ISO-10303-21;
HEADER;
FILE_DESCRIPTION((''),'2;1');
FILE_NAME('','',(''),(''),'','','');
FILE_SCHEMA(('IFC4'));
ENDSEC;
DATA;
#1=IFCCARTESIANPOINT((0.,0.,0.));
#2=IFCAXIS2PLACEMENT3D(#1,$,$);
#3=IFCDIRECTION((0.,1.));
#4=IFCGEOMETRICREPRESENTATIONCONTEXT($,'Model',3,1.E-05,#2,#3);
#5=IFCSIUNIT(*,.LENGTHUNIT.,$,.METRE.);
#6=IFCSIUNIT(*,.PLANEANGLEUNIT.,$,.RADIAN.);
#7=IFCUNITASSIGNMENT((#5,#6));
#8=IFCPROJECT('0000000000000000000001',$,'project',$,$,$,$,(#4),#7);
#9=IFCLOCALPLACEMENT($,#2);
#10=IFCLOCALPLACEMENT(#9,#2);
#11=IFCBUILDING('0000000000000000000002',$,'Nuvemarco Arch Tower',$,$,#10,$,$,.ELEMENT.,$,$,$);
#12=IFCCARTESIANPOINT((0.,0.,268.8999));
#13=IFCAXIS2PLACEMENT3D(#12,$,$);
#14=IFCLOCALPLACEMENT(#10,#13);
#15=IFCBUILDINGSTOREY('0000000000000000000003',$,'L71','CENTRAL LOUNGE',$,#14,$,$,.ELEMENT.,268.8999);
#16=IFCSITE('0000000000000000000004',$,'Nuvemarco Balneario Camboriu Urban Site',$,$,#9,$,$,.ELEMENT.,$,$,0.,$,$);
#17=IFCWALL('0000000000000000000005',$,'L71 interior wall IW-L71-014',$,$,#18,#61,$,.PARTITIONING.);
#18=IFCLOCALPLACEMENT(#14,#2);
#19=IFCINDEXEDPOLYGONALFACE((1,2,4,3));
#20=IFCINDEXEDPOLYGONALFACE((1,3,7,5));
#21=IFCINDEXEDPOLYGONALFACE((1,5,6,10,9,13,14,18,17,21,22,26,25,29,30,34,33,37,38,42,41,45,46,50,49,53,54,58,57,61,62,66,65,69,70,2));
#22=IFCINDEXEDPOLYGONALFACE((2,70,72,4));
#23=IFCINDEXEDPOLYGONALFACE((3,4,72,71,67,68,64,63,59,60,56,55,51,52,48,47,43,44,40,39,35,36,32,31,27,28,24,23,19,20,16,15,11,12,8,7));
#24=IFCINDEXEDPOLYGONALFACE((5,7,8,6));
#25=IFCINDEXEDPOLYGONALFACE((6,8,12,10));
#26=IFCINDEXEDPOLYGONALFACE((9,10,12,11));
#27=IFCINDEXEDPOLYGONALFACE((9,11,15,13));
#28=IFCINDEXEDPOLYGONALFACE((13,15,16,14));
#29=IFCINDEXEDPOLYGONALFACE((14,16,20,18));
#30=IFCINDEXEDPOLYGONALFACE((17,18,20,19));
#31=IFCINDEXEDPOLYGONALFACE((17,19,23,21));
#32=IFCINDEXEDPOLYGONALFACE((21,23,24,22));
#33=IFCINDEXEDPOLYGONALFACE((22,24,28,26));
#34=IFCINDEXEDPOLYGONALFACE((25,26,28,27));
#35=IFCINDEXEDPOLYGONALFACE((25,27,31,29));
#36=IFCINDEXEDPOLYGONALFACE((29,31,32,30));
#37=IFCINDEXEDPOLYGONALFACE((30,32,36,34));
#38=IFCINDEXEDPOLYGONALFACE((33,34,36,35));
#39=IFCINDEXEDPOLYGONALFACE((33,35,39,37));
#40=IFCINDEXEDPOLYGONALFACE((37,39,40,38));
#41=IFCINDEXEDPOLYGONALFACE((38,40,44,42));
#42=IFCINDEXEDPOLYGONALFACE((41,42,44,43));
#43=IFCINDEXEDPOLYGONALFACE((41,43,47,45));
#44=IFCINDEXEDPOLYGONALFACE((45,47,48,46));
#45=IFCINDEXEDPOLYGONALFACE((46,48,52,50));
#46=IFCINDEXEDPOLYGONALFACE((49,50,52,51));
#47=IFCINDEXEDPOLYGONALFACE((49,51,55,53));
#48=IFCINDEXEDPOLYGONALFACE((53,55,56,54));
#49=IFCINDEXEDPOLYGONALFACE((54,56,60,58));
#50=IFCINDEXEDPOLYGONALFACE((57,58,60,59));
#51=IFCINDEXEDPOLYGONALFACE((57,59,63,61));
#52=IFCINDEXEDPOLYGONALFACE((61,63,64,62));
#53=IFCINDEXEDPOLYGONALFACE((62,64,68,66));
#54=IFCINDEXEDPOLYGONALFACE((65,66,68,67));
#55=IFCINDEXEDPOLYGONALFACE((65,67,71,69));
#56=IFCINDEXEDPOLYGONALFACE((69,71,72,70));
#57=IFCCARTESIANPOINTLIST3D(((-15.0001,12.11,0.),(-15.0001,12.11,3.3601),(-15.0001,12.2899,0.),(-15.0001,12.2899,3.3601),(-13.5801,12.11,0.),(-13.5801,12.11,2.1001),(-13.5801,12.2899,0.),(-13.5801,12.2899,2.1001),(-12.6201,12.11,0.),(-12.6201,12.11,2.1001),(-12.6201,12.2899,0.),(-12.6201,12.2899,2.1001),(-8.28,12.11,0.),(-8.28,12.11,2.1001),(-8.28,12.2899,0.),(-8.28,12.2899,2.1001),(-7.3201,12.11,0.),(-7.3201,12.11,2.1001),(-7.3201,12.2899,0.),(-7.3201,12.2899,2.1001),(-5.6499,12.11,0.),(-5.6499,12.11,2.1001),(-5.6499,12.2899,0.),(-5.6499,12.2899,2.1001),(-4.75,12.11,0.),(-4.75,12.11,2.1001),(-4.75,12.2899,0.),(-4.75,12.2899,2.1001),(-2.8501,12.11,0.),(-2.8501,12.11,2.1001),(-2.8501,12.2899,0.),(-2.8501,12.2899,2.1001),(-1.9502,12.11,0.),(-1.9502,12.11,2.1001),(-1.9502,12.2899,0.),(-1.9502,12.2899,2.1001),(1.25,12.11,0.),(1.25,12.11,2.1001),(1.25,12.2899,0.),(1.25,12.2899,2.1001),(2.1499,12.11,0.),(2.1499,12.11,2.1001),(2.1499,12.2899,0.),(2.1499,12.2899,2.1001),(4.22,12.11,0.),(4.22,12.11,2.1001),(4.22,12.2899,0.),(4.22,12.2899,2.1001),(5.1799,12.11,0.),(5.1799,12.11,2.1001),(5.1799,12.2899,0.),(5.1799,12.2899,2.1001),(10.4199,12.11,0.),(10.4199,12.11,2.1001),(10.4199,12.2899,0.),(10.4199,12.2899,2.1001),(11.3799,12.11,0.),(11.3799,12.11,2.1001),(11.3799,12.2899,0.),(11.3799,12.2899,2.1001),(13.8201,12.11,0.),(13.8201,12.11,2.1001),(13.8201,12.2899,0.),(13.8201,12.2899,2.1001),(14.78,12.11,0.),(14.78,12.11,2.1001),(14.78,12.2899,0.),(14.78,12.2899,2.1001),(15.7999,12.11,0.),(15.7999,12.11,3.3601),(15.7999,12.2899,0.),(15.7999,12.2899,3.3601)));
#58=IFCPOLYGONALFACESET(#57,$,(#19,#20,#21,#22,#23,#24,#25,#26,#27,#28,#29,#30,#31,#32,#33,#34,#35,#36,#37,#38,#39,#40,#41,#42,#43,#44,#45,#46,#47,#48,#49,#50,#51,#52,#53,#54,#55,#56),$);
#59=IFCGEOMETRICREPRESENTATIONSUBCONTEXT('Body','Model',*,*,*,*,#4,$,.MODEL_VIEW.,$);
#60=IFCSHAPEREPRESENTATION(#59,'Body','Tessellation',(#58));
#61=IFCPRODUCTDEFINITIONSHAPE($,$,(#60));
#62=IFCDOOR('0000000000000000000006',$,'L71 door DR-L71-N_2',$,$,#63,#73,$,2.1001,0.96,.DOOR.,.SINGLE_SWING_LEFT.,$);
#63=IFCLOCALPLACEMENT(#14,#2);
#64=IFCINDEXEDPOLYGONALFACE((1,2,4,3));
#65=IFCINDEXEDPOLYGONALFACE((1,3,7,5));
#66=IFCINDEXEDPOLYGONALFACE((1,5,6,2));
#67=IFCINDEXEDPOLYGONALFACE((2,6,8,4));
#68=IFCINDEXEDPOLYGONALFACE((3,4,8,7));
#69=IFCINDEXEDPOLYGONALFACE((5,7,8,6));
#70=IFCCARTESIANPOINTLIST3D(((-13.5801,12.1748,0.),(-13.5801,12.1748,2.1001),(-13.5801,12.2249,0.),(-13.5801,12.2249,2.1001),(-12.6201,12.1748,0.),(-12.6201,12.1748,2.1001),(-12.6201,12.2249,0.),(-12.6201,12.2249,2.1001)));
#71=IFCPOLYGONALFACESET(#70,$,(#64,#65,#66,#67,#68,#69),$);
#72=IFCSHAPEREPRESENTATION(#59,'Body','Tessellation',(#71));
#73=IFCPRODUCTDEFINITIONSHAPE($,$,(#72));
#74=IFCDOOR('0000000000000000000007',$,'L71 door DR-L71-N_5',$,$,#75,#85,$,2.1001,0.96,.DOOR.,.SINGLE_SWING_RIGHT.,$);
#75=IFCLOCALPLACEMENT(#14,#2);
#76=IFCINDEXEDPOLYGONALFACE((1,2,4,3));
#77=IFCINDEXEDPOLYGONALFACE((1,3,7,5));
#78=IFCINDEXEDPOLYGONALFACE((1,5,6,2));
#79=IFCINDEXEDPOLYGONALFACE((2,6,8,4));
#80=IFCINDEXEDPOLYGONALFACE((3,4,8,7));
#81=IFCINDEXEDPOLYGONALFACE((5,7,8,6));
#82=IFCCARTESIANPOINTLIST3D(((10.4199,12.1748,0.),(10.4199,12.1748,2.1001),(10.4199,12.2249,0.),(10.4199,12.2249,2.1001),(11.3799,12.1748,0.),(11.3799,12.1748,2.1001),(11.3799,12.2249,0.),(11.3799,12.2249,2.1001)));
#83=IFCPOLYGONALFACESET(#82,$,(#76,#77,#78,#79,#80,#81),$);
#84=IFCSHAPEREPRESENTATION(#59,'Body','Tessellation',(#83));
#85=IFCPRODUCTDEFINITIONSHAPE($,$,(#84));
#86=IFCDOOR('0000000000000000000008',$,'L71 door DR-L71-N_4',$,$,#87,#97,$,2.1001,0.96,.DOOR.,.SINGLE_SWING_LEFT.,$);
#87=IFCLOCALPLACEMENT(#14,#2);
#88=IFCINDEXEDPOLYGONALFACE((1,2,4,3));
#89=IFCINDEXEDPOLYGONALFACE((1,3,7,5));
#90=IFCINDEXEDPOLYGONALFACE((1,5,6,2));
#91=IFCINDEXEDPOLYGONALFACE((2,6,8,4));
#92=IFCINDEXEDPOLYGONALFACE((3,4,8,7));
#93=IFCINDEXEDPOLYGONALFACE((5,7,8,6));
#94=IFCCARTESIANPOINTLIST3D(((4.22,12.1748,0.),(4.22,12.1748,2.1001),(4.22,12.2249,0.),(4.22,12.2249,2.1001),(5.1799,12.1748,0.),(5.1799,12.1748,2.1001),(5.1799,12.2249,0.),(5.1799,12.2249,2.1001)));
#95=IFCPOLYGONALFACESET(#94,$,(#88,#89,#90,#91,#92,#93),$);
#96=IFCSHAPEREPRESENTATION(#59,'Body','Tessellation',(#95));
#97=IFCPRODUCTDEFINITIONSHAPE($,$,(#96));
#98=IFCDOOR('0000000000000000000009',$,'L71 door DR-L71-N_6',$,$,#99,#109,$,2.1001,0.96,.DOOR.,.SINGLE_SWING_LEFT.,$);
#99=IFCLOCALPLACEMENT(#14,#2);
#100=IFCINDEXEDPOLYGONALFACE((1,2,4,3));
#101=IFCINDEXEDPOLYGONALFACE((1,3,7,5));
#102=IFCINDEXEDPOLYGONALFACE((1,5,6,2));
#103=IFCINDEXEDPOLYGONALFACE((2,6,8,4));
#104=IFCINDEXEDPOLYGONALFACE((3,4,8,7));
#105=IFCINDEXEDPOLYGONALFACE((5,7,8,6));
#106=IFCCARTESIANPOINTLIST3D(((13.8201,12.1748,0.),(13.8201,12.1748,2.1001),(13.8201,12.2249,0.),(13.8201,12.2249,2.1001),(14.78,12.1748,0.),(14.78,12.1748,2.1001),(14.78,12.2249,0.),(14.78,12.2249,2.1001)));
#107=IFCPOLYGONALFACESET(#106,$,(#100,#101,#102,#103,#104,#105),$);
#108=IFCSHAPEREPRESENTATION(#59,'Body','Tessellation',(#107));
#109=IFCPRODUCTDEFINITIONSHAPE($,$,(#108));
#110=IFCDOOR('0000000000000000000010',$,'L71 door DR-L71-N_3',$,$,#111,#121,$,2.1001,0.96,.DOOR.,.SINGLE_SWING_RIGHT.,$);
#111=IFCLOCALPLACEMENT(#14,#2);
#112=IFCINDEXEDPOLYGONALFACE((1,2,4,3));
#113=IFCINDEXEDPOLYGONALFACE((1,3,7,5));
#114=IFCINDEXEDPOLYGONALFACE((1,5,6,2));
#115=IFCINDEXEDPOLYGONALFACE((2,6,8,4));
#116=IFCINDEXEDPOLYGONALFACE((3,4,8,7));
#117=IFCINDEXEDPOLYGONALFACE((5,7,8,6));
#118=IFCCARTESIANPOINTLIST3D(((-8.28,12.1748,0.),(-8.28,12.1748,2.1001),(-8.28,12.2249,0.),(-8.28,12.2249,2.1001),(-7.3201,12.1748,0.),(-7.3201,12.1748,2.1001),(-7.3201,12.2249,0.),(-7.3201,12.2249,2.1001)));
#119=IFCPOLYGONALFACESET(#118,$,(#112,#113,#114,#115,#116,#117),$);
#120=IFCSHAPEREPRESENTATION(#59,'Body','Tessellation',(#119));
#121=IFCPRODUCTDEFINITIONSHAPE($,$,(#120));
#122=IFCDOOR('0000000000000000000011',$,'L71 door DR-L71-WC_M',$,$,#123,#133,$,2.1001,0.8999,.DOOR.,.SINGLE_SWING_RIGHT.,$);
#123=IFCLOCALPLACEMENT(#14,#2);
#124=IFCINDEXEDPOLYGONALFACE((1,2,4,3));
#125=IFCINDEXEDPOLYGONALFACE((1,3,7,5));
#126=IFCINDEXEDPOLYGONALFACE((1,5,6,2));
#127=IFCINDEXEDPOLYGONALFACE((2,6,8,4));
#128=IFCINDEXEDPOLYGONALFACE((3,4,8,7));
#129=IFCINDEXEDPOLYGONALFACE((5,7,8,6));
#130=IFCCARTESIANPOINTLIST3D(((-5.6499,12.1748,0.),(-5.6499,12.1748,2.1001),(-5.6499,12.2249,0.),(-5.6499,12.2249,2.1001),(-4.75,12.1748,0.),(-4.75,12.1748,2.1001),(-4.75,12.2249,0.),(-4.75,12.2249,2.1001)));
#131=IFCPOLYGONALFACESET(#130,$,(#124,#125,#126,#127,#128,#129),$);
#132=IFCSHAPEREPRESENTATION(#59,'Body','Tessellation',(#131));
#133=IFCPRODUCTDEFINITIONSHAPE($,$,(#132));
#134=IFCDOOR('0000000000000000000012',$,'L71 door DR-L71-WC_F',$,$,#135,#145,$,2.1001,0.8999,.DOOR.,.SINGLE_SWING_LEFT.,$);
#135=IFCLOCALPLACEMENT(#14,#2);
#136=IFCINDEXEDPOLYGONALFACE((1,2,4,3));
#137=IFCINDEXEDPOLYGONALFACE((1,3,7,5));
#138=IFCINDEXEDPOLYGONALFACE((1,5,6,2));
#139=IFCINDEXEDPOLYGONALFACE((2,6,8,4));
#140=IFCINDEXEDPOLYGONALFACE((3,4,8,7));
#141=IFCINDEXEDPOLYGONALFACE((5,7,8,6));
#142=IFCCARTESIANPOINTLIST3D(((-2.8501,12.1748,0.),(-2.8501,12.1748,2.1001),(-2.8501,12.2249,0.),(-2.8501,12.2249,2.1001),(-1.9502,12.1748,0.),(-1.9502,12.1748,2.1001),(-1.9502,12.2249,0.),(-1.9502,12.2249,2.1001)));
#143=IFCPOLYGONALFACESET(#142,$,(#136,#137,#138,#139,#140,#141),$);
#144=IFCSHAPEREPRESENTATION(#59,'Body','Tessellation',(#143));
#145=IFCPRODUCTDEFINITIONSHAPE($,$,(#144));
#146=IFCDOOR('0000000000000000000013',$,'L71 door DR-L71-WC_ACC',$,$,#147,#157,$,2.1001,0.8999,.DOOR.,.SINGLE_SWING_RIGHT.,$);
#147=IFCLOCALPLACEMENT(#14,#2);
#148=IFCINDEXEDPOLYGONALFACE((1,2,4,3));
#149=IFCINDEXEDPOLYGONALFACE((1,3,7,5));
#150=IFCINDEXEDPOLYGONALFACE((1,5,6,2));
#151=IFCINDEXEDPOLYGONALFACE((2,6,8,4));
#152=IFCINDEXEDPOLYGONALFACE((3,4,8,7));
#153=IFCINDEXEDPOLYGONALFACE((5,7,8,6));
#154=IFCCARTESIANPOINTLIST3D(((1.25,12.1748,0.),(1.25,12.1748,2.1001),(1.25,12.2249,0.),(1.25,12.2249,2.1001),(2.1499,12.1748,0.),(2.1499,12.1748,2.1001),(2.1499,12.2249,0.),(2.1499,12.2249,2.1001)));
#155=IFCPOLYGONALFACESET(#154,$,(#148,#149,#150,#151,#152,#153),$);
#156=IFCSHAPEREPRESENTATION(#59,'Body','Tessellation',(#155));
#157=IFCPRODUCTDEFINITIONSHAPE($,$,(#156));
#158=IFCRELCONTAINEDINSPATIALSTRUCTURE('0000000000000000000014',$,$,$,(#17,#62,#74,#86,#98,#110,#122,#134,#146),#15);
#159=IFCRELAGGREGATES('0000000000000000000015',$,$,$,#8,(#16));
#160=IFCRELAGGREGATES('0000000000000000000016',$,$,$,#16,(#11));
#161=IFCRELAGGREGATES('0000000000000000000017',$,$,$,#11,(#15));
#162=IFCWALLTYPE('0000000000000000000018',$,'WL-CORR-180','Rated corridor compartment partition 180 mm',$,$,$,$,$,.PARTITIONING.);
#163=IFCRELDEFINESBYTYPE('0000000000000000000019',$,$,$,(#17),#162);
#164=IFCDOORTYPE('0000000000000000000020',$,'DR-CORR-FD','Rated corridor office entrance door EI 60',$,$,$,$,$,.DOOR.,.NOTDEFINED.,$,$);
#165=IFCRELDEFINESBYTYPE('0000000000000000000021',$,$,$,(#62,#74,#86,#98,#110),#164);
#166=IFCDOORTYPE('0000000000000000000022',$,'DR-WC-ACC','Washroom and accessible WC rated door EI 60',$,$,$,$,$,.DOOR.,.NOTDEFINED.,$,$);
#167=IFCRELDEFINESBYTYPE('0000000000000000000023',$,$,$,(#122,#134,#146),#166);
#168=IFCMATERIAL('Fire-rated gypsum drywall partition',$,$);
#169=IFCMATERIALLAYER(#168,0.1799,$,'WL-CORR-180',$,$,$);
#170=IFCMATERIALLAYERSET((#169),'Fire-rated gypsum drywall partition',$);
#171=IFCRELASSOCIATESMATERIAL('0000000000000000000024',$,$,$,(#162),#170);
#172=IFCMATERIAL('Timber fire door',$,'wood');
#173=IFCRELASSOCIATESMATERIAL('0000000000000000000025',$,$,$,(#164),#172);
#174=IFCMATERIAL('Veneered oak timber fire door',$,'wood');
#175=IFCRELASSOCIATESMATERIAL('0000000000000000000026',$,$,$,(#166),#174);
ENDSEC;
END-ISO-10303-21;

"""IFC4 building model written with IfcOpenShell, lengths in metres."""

from ifc_helpers import new_model, si_unit, direction, frame, frame_2d, origin, place, context, subcontext, project, spatial, rectangle, extrude, source, transform, mapped, material, layer, layer_set, type_object, type_shapes, element, fill, save


model = new_model("IFC4")

# Units and contexts
model_context = context("Model", 3, precision=1e-05, world=origin(), true_north=direction((0.0, 1.0)))
body_context = subcontext(model_context, "Body", "Model", "MODEL_VIEW")
ifc_project = project(units=[si_unit("LENGTHUNIT", "METRE"), si_unit("PLANEANGLEUNIT", "RADIAN")], contexts=[model_context])

# Site, building, storey
site_placement = place(None, origin())
site = spatial("IfcSite", under=ifc_project, at=site_placement, Name="Nuvemarco Balneario Camboriu Urban Site", CompositionType="ELEMENT", RefElevation=0.0)
building_placement = place(site_placement, origin())
building = spatial("IfcBuilding", under=site, at=building_placement, Name="Nuvemarco Arch Tower", CompositionType="ELEMENT")
storey_placement = place(building_placement, frame((0.0, 0.0, 268.8999)))
storey = spatial("IfcBuildingStorey", under=building, at=storey_placement, Name="L71", Description="CENTRAL LOUNGE", CompositionType="ELEMENT", Elevation=268.8999)

# Shared definitions
ifc_material_1 = material(Name="Fire-rated gypsum drywall partition")
ifc_layer_1 = layer(ifc_material_1, 0.1799, Name="WL-CORR-180")
ifc_layer_set_1 = layer_set([ifc_layer_1], Name="Fire-rated gypsum drywall partition")
wall_type_1 = type_object("IfcWallType", Name="WL-CORR-180", Description="Rated corridor compartment partition 180 mm", PredefinedType="PARTITIONING", material=ifc_layer_set_1)

# Wall, openings, doors
wall_1_placement = place(storey_placement, frame((-15.0, 12.2, 0.0), z_axis=(0.0, 0.0, 1.0), x_axis=(1.0, 0.0, 0.0)))
wall_1 = element("IfcWall", 1, at=wall_1_placement, inside=storey, type_object=wall_type_1, Name="L71 interior wall IW-L71-014", PredefinedType="PARTITIONING", context=body_context, shape_type="SweptSolid", body=[
    extrude(rectangle(XDim=30.8, YDim=0.1799, at=frame_2d((15.3999, 0.0))), origin(), (0.0, 0.0, 1.0), 3.3601),
])
opening_1_placement = place(wall_1_placement, frame((1.4199, 0.0, 0.0)))
opening_1 = element("IfcOpeningElement", 2, at=opening_1_placement, cuts=wall_1, PredefinedType="OPENING", context=body_context, shape_type="SweptSolid", body=[
    extrude(rectangle(XDim=0.96, YDim=2.1001, at=frame_2d((0.48, 1.05))), frame((0.0, 0.0999, 0.0), z_axis=(0.0, -1.0, 0.0), x_axis=(1.0, 0.0, 0.0)), (0.0, 0.0, 1.0), 0.2),
])
opening_2_placement = place(wall_1_placement, frame((25.4199, 0.0, 0.0)))
opening_2 = element("IfcOpeningElement", 3, at=opening_2_placement, cuts=wall_1, PredefinedType="OPENING", context=body_context, shape_type="SweptSolid", body=[
    extrude(rectangle(XDim=0.96, YDim=2.1001, at=frame_2d((0.48, 1.05))), frame((0.0, 0.0999, 0.0), z_axis=(0.0, -1.0, 0.0), x_axis=(1.0, 0.0, 0.0)), (0.0, 0.0, 1.0), 0.2),
])
opening_3_placement = place(wall_1_placement, frame((19.22, 0.0, 0.0)))
opening_3 = element("IfcOpeningElement", 4, at=opening_3_placement, cuts=wall_1, PredefinedType="OPENING", context=body_context, shape_type="SweptSolid", body=[
    extrude(rectangle(XDim=0.96, YDim=2.1001, at=frame_2d((0.48, 1.05))), frame((0.0, 0.0999, 0.0), z_axis=(0.0, -1.0, 0.0), x_axis=(1.0, 0.0, 0.0)), (0.0, 0.0, 1.0), 0.2),
])
opening_4_placement = place(wall_1_placement, frame((28.8201, 0.0, 0.0)))
opening_4 = element("IfcOpeningElement", 5, at=opening_4_placement, cuts=wall_1, PredefinedType="OPENING", context=body_context, shape_type="SweptSolid", body=[
    extrude(rectangle(XDim=0.96, YDim=2.1001, at=frame_2d((0.48, 1.05))), frame((0.0, 0.0999, 0.0), z_axis=(0.0, -1.0, 0.0), x_axis=(1.0, 0.0, 0.0)), (0.0, 0.0, 1.0), 0.2),
])
opening_5_placement = place(wall_1_placement, frame((9.3501, 0.0, 0.0)))
opening_5 = element("IfcOpeningElement", 6, at=opening_5_placement, cuts=wall_1, PredefinedType="OPENING", context=body_context, shape_type="SweptSolid", body=[
    extrude(rectangle(XDim=0.8999, YDim=2.1001, at=frame_2d((0.45, 1.05))), frame((0.0, 0.0999, 0.0), z_axis=(0.0, -1.0, 0.0), x_axis=(1.0, 0.0, 0.0)), (0.0, 0.0, 1.0), 0.2),
])
opening_6_placement = place(wall_1_placement, frame((12.1499, 0.0, 0.0)))
opening_6 = element("IfcOpeningElement", 7, at=opening_6_placement, cuts=wall_1, PredefinedType="OPENING", context=body_context, shape_type="SweptSolid", body=[
    extrude(rectangle(XDim=0.8999, YDim=2.1001, at=frame_2d((0.45, 1.05))), frame((0.0, 0.0999, 0.0), z_axis=(0.0, -1.0, 0.0), x_axis=(1.0, 0.0, 0.0)), (0.0, 0.0, 1.0), 0.2),
])
opening_7_placement = place(wall_1_placement, frame((6.72, 0.0, 0.0)))
opening_7 = element("IfcOpeningElement", 8, at=opening_7_placement, cuts=wall_1, PredefinedType="OPENING", context=body_context, shape_type="SweptSolid", body=[
    extrude(rectangle(XDim=0.96, YDim=2.1001, at=frame_2d((0.48, 1.05))), frame((0.0, 0.0999, 0.0), z_axis=(0.0, -1.0, 0.0), x_axis=(1.0, 0.0, 0.0)), (0.0, 0.0, 1.0), 0.2),
])
opening_8_placement = place(wall_1_placement, frame((16.25, 0.0, 0.0)))
opening_8 = element("IfcOpeningElement", 9, at=opening_8_placement, cuts=wall_1, PredefinedType="OPENING", context=body_context, shape_type="SweptSolid", body=[
    extrude(rectangle(XDim=0.8999, YDim=2.1001, at=frame_2d((0.45, 1.05))), frame((0.0, 0.0999, 0.0), z_axis=(0.0, -1.0, 0.0), x_axis=(1.0, 0.0, 0.0)), (0.0, 0.0, 1.0), 0.2),
])
ifc_material_2 = material(Name="Timber fire door", Category="wood")
door_type_1 = type_object("IfcDoorType", Name="DR-CORR-FD", Description="Rated corridor office entrance door EI 60", OperationType="NOTDEFINED", PredefinedType="DOOR", material=ifc_material_2)
shared_shape_1 = source(origin(), body_context, "Body", "SweptSolid", [
    extrude(rectangle(XDim=0.96, YDim=2.1001, at=frame_2d((0.48, 1.05))), frame((0.0, 0.0249, 0.0), z_axis=(0.0, -1.0, 0.0), x_axis=(1.0, 0.0, 0.0)), (0.0, 0.0, 1.0), 0.05),
])
type_shapes(door_type_1, [shared_shape_1])
door_1_placement = place(opening_1_placement, origin())
door_1 = element("IfcDoor", 10, at=door_1_placement, inside=storey, type_object=door_type_1, Name="L71 door DR-L71-N_2", OperationType="SINGLE_SWING_LEFT", OverallHeight=2.1001, OverallWidth=0.96, PredefinedType="DOOR", context=body_context, shape_type="MappedRepresentation", body=[
    mapped(shared_shape_1, transform((0.0, 0.0, 0.0), scale=1.0)),
])
fill(opening_1, door_1)
door_2_placement = place(opening_2_placement, origin())
door_2 = element("IfcDoor", 11, at=door_2_placement, inside=storey, type_object=door_type_1, Name="L71 door DR-L71-N_5", OperationType="SINGLE_SWING_RIGHT", OverallHeight=2.1001, OverallWidth=0.96, PredefinedType="DOOR", context=body_context, shape_type="MappedRepresentation", body=[
    mapped(shared_shape_1, transform((0.0, 0.0, 0.0), scale=1.0)),
])
fill(opening_2, door_2)
door_3_placement = place(opening_3_placement, origin())
door_3 = element("IfcDoor", 12, at=door_3_placement, inside=storey, type_object=door_type_1, Name="L71 door DR-L71-N_4", OperationType="SINGLE_SWING_LEFT", OverallHeight=2.1001, OverallWidth=0.96, PredefinedType="DOOR", context=body_context, shape_type="MappedRepresentation", body=[
    mapped(shared_shape_1, transform((0.0, 0.0, 0.0), scale=1.0)),
])
fill(opening_3, door_3)
door_4_placement = place(opening_4_placement, origin())
door_4 = element("IfcDoor", 13, at=door_4_placement, inside=storey, type_object=door_type_1, Name="L71 door DR-L71-N_6", OperationType="SINGLE_SWING_LEFT", OverallHeight=2.1001, OverallWidth=0.96, PredefinedType="DOOR", context=body_context, shape_type="MappedRepresentation", body=[
    mapped(shared_shape_1, transform((0.0, 0.0, 0.0), scale=1.0)),
])
fill(opening_4, door_4)
door_5_placement = place(opening_7_placement, origin())
door_5 = element("IfcDoor", 14, at=door_5_placement, inside=storey, type_object=door_type_1, Name="L71 door DR-L71-N_3", OperationType="SINGLE_SWING_RIGHT", OverallHeight=2.1001, OverallWidth=0.96, PredefinedType="DOOR", context=body_context, shape_type="MappedRepresentation", body=[
    mapped(shared_shape_1, transform((0.0, 0.0, 0.0), scale=1.0)),
])
fill(opening_7, door_5)
ifc_material_3 = material(Name="Veneered oak timber fire door", Category="wood")
door_type_2 = type_object("IfcDoorType", Name="DR-WC-ACC", Description="Washroom and accessible WC rated door EI 60", OperationType="NOTDEFINED", PredefinedType="DOOR", material=ifc_material_3)
shared_shape_2 = source(origin(), body_context, "Body", "SweptSolid", [
    extrude(rectangle(XDim=0.8999, YDim=2.1001, at=frame_2d((0.45, 1.05))), frame((0.0, 0.0249, 0.0), z_axis=(0.0, -1.0, 0.0), x_axis=(1.0, 0.0, 0.0)), (0.0, 0.0, 1.0), 0.05),
])
type_shapes(door_type_2, [shared_shape_2])
door_6_placement = place(opening_5_placement, origin())
door_6 = element("IfcDoor", 15, at=door_6_placement, inside=storey, type_object=door_type_2, Name="L71 door DR-L71-WC_M", OperationType="SINGLE_SWING_RIGHT", OverallHeight=2.1001, OverallWidth=0.8999, PredefinedType="DOOR", context=body_context, shape_type="MappedRepresentation", body=[
    mapped(shared_shape_2, transform((0.0, 0.0, 0.0), scale=1.0)),
])
fill(opening_5, door_6)
door_7_placement = place(opening_6_placement, origin())
door_7 = element("IfcDoor", 16, at=door_7_placement, inside=storey, type_object=door_type_2, Name="L71 door DR-L71-WC_F", OperationType="SINGLE_SWING_LEFT", OverallHeight=2.1001, OverallWidth=0.8999, PredefinedType="DOOR", context=body_context, shape_type="MappedRepresentation", body=[
    mapped(shared_shape_2, transform((0.0, 0.0, 0.0), scale=1.0)),
])
fill(opening_6, door_7)
door_8_placement = place(opening_8_placement, origin())
door_8 = element("IfcDoor", 17, at=door_8_placement, inside=storey, type_object=door_type_2, Name="L71 door DR-L71-WC_ACC", OperationType="SINGLE_SWING_RIGHT", OverallHeight=2.1001, OverallWidth=0.8999, PredefinedType="DOOR", context=body_context, shape_type="MappedRepresentation", body=[
    mapped(shared_shape_2, transform((0.0, 0.0, 0.0), scale=1.0)),
])
fill(opening_8, door_8)

save(model, "model.ifc")
